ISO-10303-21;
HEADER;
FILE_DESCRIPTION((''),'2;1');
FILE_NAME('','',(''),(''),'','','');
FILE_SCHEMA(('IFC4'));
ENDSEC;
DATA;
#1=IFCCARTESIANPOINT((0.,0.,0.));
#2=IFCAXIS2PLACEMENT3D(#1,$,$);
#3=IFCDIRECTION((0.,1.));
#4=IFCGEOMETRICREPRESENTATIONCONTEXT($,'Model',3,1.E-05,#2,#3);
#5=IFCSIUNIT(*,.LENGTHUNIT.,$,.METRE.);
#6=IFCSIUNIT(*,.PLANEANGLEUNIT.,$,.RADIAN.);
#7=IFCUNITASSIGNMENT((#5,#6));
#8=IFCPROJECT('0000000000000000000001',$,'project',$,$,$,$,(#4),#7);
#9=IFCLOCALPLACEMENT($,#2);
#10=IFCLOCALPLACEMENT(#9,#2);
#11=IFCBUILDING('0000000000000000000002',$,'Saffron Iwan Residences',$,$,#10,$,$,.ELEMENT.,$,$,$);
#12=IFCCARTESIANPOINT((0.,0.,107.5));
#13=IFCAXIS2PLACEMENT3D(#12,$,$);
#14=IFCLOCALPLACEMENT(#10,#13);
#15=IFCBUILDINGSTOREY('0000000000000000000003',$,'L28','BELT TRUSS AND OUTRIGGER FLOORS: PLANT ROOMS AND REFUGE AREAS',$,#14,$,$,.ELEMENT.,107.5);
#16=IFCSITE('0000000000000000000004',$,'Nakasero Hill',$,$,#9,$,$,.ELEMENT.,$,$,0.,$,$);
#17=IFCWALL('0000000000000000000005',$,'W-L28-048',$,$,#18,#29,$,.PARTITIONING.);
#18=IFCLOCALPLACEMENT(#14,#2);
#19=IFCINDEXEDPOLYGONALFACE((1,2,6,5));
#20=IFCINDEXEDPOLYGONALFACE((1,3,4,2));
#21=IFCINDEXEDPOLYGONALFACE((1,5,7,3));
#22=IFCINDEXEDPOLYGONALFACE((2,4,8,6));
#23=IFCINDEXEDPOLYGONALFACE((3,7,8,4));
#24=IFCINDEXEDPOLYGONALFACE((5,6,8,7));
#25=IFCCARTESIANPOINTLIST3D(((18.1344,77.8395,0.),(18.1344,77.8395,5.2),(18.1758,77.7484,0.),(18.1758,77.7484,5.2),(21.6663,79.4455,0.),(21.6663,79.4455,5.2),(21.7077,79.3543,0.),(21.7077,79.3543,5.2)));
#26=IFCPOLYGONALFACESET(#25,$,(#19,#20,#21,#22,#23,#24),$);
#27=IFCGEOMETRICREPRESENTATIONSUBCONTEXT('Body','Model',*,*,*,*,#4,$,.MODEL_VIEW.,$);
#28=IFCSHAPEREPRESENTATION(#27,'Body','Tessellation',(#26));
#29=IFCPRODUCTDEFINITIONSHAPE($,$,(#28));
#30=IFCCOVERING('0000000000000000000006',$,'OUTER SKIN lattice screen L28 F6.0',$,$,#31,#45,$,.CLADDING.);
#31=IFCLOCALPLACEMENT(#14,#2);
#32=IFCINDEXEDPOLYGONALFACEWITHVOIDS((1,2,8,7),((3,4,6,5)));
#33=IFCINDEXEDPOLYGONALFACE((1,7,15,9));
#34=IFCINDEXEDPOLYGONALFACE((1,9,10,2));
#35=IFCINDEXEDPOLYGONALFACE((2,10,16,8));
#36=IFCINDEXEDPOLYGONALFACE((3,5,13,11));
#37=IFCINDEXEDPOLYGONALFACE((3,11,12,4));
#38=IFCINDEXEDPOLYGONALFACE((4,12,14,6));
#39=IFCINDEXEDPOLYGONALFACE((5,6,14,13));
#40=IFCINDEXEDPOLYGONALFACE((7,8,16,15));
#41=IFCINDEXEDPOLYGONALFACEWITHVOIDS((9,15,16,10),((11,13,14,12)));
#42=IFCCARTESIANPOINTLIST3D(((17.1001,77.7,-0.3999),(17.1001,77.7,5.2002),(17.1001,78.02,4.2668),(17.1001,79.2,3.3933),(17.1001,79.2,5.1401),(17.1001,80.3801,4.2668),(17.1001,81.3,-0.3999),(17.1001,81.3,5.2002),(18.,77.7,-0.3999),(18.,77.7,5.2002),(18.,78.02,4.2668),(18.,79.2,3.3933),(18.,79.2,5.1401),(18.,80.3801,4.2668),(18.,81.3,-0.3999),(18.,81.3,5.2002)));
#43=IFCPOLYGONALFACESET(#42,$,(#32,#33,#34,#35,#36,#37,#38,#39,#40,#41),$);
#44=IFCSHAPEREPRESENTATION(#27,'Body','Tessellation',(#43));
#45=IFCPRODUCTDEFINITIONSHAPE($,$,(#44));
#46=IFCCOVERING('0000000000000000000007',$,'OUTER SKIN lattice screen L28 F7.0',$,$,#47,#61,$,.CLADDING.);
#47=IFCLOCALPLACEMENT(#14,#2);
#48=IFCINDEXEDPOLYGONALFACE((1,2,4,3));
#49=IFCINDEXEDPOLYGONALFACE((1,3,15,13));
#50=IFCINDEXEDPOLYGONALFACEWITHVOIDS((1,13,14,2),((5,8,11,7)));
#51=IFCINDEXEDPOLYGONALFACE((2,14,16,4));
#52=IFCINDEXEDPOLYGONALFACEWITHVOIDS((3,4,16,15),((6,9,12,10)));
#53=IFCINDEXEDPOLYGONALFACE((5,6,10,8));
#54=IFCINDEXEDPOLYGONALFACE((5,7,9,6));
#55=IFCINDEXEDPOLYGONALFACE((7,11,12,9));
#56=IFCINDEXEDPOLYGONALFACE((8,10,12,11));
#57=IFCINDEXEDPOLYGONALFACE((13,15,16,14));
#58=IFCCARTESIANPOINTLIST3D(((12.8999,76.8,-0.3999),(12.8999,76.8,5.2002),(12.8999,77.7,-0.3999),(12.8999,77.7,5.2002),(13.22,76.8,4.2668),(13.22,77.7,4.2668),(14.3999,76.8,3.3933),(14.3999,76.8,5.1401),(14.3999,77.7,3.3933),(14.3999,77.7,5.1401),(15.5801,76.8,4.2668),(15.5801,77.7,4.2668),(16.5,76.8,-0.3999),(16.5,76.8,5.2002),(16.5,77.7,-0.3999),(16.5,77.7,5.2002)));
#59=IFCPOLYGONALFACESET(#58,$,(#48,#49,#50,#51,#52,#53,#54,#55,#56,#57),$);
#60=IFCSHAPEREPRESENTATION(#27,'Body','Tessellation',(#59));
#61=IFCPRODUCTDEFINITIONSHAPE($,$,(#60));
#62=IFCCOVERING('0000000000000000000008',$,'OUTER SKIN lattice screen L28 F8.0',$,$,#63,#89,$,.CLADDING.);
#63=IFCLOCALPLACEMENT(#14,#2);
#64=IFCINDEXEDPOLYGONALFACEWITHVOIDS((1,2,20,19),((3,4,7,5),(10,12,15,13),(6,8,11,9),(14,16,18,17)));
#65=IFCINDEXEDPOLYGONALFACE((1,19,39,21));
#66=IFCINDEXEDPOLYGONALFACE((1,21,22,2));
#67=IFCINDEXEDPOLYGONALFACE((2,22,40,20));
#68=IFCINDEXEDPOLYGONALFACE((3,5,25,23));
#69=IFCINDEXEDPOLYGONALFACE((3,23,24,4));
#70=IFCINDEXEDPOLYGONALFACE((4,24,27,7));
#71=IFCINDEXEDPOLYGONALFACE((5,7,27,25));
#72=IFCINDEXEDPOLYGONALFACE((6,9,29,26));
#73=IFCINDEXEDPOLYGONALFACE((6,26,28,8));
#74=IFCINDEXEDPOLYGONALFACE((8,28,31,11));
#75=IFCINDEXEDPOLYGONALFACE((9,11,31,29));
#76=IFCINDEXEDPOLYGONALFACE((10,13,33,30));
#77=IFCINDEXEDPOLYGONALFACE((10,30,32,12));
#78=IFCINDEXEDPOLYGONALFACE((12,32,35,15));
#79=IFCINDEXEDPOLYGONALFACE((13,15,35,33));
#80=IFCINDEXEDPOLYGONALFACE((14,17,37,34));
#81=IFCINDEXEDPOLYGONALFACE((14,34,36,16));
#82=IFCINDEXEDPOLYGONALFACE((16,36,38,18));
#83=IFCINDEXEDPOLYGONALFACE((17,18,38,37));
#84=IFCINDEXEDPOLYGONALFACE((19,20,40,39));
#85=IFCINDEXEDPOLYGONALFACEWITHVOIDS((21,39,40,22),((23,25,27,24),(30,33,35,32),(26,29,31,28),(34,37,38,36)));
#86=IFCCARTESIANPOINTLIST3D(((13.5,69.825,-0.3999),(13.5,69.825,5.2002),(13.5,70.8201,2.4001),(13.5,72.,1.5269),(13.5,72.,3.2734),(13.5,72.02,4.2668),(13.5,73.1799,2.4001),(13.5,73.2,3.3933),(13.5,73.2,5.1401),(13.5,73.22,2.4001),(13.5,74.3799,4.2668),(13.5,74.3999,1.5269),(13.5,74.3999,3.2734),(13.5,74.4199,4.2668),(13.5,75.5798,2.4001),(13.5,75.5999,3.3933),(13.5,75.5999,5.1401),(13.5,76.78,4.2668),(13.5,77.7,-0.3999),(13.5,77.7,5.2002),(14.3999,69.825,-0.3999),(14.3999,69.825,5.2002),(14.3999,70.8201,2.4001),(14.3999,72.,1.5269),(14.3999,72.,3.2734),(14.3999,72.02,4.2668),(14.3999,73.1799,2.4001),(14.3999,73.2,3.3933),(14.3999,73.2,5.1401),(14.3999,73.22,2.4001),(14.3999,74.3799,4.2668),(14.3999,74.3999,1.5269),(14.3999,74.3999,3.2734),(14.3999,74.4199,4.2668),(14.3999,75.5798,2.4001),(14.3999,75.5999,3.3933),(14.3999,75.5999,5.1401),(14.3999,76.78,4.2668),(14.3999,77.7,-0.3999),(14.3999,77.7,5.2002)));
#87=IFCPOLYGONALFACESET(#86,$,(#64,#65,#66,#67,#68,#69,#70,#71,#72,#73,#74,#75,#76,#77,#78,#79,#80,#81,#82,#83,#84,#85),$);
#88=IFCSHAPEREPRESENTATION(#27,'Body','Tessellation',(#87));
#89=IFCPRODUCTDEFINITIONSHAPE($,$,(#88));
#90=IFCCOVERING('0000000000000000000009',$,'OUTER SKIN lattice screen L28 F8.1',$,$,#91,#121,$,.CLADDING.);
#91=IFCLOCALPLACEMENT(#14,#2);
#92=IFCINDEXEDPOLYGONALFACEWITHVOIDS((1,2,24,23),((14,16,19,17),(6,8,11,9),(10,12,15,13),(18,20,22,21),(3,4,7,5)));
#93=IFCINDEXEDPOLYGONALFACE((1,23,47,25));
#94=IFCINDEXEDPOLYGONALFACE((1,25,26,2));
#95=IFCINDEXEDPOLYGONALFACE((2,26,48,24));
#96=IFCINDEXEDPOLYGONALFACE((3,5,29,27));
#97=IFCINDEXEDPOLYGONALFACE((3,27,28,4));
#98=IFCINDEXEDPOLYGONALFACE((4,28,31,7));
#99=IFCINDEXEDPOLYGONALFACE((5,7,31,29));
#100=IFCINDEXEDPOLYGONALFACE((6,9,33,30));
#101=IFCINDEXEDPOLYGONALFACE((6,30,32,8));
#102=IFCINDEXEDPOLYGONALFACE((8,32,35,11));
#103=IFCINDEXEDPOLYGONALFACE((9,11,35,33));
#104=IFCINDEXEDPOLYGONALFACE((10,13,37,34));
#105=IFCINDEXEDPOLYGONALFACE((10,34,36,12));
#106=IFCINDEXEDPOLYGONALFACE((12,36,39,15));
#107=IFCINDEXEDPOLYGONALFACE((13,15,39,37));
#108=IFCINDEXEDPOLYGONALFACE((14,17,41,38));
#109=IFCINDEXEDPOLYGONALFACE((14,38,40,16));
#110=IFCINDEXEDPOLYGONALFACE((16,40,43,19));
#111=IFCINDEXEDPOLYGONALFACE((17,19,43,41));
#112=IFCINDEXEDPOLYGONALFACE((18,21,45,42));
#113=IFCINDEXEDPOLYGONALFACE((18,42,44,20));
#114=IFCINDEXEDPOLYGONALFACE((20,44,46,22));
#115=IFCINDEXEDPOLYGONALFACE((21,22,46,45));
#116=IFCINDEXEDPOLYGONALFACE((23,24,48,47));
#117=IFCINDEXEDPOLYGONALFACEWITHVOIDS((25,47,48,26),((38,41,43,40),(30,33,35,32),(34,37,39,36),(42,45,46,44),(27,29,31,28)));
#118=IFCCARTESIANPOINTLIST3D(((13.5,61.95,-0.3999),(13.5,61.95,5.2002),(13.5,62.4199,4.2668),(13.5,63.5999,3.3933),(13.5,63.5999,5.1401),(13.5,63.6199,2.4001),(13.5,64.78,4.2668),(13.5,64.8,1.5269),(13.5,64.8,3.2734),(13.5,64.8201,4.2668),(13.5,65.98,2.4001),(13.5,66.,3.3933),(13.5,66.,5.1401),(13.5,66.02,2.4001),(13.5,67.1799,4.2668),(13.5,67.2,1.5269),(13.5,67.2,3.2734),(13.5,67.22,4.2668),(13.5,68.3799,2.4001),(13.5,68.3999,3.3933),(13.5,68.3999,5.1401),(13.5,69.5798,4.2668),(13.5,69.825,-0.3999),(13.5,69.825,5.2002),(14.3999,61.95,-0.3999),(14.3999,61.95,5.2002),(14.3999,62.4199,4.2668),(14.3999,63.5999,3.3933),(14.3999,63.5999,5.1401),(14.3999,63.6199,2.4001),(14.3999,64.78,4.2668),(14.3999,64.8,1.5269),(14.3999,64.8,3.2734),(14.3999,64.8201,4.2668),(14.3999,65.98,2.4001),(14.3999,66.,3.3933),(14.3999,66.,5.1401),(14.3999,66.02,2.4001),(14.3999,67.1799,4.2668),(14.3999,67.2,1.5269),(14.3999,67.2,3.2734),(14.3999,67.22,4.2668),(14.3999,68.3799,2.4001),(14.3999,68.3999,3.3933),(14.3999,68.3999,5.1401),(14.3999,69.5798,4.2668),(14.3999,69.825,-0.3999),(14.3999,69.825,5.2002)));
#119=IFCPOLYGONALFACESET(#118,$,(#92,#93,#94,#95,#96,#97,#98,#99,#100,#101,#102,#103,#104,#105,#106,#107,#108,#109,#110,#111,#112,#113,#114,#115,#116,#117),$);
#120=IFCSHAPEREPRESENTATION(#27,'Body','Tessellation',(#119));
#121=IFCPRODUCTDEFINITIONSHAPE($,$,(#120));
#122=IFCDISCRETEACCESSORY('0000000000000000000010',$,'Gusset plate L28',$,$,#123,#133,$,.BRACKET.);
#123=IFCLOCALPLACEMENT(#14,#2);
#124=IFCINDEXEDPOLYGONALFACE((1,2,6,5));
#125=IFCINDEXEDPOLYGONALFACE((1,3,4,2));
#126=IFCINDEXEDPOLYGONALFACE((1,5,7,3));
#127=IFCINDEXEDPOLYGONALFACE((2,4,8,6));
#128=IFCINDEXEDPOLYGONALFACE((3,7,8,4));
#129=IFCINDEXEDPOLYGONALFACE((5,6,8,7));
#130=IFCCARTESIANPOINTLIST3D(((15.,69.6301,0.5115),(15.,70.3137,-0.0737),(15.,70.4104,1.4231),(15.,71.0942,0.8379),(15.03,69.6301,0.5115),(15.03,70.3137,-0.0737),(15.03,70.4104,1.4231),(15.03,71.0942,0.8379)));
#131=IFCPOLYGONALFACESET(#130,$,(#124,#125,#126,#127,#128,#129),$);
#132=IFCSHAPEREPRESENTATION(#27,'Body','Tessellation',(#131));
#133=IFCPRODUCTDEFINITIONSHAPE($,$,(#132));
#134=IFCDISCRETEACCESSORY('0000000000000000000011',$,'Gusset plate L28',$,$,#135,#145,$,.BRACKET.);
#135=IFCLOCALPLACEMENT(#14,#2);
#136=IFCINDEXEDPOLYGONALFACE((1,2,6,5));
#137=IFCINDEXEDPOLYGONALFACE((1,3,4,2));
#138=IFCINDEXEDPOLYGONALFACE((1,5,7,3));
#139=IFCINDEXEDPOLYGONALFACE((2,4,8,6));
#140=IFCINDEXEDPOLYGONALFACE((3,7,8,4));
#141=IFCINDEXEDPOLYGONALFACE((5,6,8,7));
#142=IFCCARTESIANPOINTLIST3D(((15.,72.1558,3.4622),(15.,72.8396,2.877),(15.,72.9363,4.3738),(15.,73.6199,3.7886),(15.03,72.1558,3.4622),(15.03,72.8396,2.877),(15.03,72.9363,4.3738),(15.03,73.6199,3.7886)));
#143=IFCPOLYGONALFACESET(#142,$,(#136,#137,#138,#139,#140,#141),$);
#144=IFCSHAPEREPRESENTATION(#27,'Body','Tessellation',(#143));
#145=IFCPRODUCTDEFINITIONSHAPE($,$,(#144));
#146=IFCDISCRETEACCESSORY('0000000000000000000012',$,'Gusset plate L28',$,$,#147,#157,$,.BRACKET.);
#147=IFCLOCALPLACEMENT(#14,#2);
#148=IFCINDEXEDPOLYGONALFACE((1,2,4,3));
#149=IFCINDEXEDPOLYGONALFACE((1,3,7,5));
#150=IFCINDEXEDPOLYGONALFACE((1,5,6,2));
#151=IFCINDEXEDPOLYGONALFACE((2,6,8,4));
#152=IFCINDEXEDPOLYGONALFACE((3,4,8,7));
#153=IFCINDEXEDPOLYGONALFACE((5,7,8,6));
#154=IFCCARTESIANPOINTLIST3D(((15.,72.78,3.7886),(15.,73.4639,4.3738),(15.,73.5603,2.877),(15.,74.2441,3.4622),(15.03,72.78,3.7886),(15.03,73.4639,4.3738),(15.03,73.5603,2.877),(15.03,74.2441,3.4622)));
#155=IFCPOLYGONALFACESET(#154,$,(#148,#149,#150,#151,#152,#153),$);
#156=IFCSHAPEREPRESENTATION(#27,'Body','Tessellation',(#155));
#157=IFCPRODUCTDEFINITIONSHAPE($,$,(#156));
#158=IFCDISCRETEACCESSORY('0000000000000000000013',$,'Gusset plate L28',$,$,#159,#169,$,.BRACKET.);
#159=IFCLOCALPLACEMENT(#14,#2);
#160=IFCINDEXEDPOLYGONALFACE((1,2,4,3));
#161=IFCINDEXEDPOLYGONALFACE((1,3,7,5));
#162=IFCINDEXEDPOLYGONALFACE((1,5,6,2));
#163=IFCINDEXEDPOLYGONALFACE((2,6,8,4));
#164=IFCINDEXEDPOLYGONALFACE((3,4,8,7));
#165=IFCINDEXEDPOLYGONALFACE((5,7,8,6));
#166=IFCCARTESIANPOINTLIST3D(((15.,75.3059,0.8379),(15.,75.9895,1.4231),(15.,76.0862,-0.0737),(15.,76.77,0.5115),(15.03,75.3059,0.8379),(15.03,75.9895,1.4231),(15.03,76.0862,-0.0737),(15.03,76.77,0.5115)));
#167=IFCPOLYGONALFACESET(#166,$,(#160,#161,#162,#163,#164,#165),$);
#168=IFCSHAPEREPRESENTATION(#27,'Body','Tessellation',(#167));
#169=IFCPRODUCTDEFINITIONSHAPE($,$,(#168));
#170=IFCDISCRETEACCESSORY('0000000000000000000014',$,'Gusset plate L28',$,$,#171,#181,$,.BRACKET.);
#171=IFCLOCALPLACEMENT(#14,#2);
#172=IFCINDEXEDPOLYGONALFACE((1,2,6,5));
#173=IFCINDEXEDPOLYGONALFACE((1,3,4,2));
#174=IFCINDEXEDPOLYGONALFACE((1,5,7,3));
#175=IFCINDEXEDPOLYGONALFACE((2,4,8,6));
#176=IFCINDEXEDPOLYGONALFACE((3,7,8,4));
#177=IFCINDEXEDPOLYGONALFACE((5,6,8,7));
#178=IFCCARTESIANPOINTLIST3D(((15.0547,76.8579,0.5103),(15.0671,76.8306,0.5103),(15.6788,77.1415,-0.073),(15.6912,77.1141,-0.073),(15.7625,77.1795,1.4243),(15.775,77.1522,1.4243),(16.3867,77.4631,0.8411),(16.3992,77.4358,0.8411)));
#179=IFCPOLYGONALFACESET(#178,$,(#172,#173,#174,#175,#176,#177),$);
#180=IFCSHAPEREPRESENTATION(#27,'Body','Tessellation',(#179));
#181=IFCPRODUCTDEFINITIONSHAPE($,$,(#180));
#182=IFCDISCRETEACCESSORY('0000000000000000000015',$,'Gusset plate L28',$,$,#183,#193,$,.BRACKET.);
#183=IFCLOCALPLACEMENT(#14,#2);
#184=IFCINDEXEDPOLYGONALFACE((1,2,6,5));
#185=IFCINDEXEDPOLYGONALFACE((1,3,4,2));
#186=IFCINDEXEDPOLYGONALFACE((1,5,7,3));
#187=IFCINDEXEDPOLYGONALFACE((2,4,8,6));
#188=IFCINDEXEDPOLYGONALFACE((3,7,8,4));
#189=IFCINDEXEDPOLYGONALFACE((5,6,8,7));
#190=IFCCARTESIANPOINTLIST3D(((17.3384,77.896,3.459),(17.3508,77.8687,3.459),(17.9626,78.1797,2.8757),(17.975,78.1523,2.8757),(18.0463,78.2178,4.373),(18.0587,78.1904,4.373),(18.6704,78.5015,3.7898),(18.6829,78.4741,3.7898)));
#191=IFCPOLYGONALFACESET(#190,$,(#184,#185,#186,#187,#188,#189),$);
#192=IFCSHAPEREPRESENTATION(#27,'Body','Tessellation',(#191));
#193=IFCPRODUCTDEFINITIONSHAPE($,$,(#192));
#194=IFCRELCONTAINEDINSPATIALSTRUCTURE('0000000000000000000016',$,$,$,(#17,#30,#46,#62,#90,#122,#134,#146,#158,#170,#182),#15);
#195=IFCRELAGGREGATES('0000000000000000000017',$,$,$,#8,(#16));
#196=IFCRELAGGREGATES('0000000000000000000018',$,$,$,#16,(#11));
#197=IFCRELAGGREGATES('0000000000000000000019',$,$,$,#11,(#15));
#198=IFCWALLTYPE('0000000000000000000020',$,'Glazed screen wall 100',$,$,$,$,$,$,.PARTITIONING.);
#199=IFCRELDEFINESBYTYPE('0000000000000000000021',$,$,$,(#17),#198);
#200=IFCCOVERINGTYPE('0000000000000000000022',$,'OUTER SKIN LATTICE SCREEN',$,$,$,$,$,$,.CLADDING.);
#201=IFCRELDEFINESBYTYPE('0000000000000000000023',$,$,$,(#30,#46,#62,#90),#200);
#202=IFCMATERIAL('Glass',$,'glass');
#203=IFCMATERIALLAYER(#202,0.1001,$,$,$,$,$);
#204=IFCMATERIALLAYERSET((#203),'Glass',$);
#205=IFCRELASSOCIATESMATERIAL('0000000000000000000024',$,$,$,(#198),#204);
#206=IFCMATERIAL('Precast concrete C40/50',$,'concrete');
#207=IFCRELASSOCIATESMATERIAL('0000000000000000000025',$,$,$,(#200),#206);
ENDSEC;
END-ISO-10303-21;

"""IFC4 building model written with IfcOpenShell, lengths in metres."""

from ifc_helpers import new_model, si_unit, direction, frame, frame_2d, origin, place, context, subcontext, project, spatial, polyline, rectangle, outline, extrude, material, layer, layer_set, type_object, element, save


model = new_model("IFC4")

# Units and contexts
model_context = context("Model", 3, precision=1e-05, world=origin(), true_north=direction((0.0, 1.0)))
body_context = subcontext(model_context, "Body", "Model", "MODEL_VIEW")
ifc_project = project(units=[si_unit("LENGTHUNIT", "METRE"), si_unit("PLANEANGLEUNIT", "RADIAN")], contexts=[model_context])

# Site, building, storey
site_placement = place(None, origin())
site = spatial("IfcSite", under=ifc_project, at=site_placement, Name="Nakasero Hill", CompositionType="ELEMENT", RefElevation=0.0)
building_placement = place(site_placement, origin())
building = spatial("IfcBuilding", under=site, at=building_placement, Name="Saffron Iwan Residences", CompositionType="ELEMENT")
storey_placement = place(building_placement, frame((0.0, 0.0, 107.5)))
storey = spatial("IfcBuildingStorey", under=building, at=storey_placement, Name="L28", Description="BELT TRUSS AND OUTRIGGER FLOORS: PLANT ROOMS AND REFUGE AREAS", CompositionType="ELEMENT", Elevation=107.5)

# Wall
ifc_material_1 = material(Name="Glass", Category="glass")
ifc_layer_1 = layer(ifc_material_1, 0.1001)
ifc_layer_set_1 = layer_set([ifc_layer_1], Name="Glass")
wall_type_1 = type_object("IfcWallType", Name="Glazed screen wall 100", PredefinedType="PARTITIONING", material=ifc_layer_set_1)
wall_1_placement = place(storey_placement, frame((21.687, 79.3999, 0.0), z_axis=(0.0, 0.0, 1.0), x_axis=(-0.910317, -0.413912, 0.0)))
element("IfcWall", 1, at=wall_1_placement, inside=storey, type_object=wall_type_1, Name="W-L28-048", PredefinedType="PARTITIONING", context=body_context, shape_type="SweptSolid", body=[
    extrude(rectangle(XDim=3.8799, YDim=0.1001, at=frame_2d((1.9399, 0.0))), origin(), (0.0, 0.0, 1.0), 5.2),
])

# Coverings
ifc_material_2 = material(Name="Precast concrete C40/50", Category="concrete")
covering_type = type_object("IfcCoveringType", Name="OUTER SKIN LATTICE SCREEN", PredefinedType="CLADDING", material=ifc_material_2)
for number, where, z_axis, x_axis, name in (
    (2, (18.0, 81.3, -0.3999), (-1.0, 0.0, 0.0), (0.0, -1.0, 0.0), "OUTER SKIN lattice screen L28 F6.0"),
    (3, (16.5, 76.8, -0.3999), (0.0, 1.0, 0.0), (-1.0, 0.0, 0.0), "OUTER SKIN lattice screen L28 F7.0"),
):
    element("IfcCovering", number, at=place(storey_placement, frame(where, z_axis=z_axis, x_axis=x_axis)), inside=storey, type_object=covering_type, Name=name, PredefinedType="CLADDING", context=body_context, shape_type="SweptSolid", body=[
        extrude(outline(polyline([(0.0, 0.0), (3.6001, 0.0), (3.6001, 5.6001), (0.0, 5.6001), (0.0, 0.0)]), holes=[polyline([(0.9199, 4.6667), (2.1001, 3.7932), (3.28, 4.6667), (2.1001, 5.54), (0.9199, 4.6667)])]), origin(), (0.0, 0.0, 1.0), 0.8999),
    ])
covering_1_placement = place(storey_placement, frame((14.3999, 77.7, -0.3999), z_axis=(-1.0, 0.0, 0.0), x_axis=(0.0, -1.0, 0.0)))
element("IfcCovering", 4, at=covering_1_placement, inside=storey, type_object=covering_type, Name="OUTER SKIN lattice screen L28 F8.0", PredefinedType="CLADDING", context=body_context, shape_type="SweptSolid", body=[
    extrude(outline(polyline([(0.0, 0.0), (7.875, 0.0), (7.875, 5.6001), (0.0, 5.6001), (0.0, 0.0)]), holes=[polyline([(2.1201, 2.8), (3.3, 1.9268), (4.48, 2.8), (3.3, 3.6733), (2.1201, 2.8)]), polyline([(4.52, 2.8), (5.7, 1.9268), (6.8799, 2.8), (5.7, 3.6733), (4.52, 2.8)]), polyline([(0.9199, 4.6667), (2.1001, 3.7932), (3.28, 4.6667), (2.1001, 5.54), (0.9199, 4.6667)]), polyline([(3.3201, 4.6667), (4.5, 3.7932), (5.6799, 4.6667), (4.5, 5.54), (3.3201, 4.6667)])]), origin(), (0.0, 0.0, 1.0), 0.8999),
])
covering_2_placement = place(storey_placement, frame((14.3999, 69.825, -0.3999), z_axis=(-1.0, 0.0, 0.0), x_axis=(0.0, -1.0, 0.0)))
element("IfcCovering", 5, at=covering_2_placement, inside=storey, type_object=covering_type, Name="OUTER SKIN lattice screen L28 F8.1", PredefinedType="CLADDING", context=body_context, shape_type="SweptSolid", body=[
    extrude(outline(polyline([(0.0, 0.0), (7.875, 0.0), (7.875, 5.6001), (0.0, 5.6001), (0.0, 0.0)]), holes=[polyline([(1.4451, 2.8), (2.625, 1.9268), (3.8049, 2.8), (2.625, 3.6733), (1.4451, 2.8)]), polyline([(3.845, 2.8), (5.0249, 1.9268), (6.2051, 2.8), (5.0249, 3.6733), (3.845, 2.8)]), polyline([(0.2451, 4.6667), (1.425, 3.7932), (2.605, 4.6667), (1.425, 5.54), (0.2451, 4.6667)]), polyline([(2.645, 4.6667), (3.825, 3.7932), (5.0049, 4.6667), (3.825, 5.54), (2.645, 4.6667)]), polyline([(5.0449, 4.6667), (6.2251, 3.7932), (7.405, 4.6667), (6.2251, 5.54), (5.0449, 4.6667)])]), origin(), (0.0, 0.0, 1.0), 0.8999),
])

# Discrete accessories
for number, where, z_axis, x_axis, name in (
    (6, (15.0, 69.6301, 0.5115), (-1.0, 0.0, 0.0), (0.0, 0.650255, 0.759716), "Gusset plate L28"),
    (7, (15.0, 73.6199, 3.7886), (-1.0, 0.0, 0.0), (0.0, -0.650255, -0.759716), "Gusset plate L28"),
):
    element("IfcDiscreteAccessory", number, at=place(storey_placement, frame(where, z_axis=z_axis, x_axis=x_axis)), inside=storey, Name=name, PredefinedType="BRACKET", context=body_context, shape_type="SweptSolid", body=[
        extrude(outline(polyline([(0.0, 0.0), (1.1999, 0.0), (1.2, 0.9001), (-0.0001, 0.8999), (0.0, 0.0)])), origin(), (0.0, 0.0, -1.0), 0.03),
    ])
discrete_accessory_1_placement = place(storey_placement, frame((15.0, 73.4639, 4.3738), z_axis=(-1.0, 0.0, 0.0), x_axis=(0.0, 0.650255, -0.759716)))
element("IfcDiscreteAccessory", 8, at=discrete_accessory_1_placement, inside=storey, Name="Gusset plate L28", PredefinedType="BRACKET", context=body_context, shape_type="SweptSolid", body=[
    extrude(outline(polyline([(0.0, 0.0), (1.1999, 0.0), (1.1999, 0.9001), (-0.0001, 0.9001), (0.0, 0.0)])), origin(), (0.0, 0.0, -1.0), 0.03),
])
discrete_accessory_2_placement = place(storey_placement, frame((15.0, 76.0862, -0.0737), z_axis=(-1.0, 0.0, 0.0), x_axis=(0.0, -0.650255, 0.759716)))
element("IfcDiscreteAccessory", 9, at=discrete_accessory_2_placement, inside=storey, Name="Gusset plate L28", PredefinedType="BRACKET", context=body_context, shape_type="SweptSolid", body=[
    extrude(outline(polyline([(0.0, 0.0), (1.1999, 0.0), (1.2, 0.8999), (-0.0001, 0.9001), (0.0, 0.0)])), origin(), (0.0, 0.0, -1.0), 0.03),
])
discrete_accessory_3_placement = place(storey_placement, frame((15.0671, 76.8306, 0.5103), z_axis=(0.41366, -0.910431, 0.000023), x_axis=(0.589863, 0.268027, 0.761724)))
element("IfcDiscreteAccessory", 10, at=discrete_accessory_3_placement, inside=storey, Name="Gusset plate L28", PredefinedType="BRACKET", context=body_context, shape_type="SweptSolid", body=[
    extrude(outline(polyline([(0.0, 0.0), (1.2, 0.0), (1.1999, -0.9001), (-0.0002, -0.9), (0.0, 0.0)])), origin(), (0.0, 0.0, -1.0), 0.03),
])
discrete_accessory_4_placement = place(storey_placement, frame((18.6829, 78.4741, 3.7898), z_axis=(0.4138, -0.910368, 0.000014), x_axis=(-0.589869, -0.268132, -0.761682)))
element("IfcDiscreteAccessory", 11, at=discrete_accessory_4_placement, inside=storey, Name="Gusset plate L28", PredefinedType="BRACKET", context=body_context, shape_type="SweptSolid", body=[
    extrude(outline(polyline([(0.0, 0.0), (1.2001, 0.0), (1.2, -0.9001), (0.0, -0.9001), (0.0, 0.0)])), origin(), (0.0, 0.0, -1.0), 0.03),
])

save(model, "model.ifc")
